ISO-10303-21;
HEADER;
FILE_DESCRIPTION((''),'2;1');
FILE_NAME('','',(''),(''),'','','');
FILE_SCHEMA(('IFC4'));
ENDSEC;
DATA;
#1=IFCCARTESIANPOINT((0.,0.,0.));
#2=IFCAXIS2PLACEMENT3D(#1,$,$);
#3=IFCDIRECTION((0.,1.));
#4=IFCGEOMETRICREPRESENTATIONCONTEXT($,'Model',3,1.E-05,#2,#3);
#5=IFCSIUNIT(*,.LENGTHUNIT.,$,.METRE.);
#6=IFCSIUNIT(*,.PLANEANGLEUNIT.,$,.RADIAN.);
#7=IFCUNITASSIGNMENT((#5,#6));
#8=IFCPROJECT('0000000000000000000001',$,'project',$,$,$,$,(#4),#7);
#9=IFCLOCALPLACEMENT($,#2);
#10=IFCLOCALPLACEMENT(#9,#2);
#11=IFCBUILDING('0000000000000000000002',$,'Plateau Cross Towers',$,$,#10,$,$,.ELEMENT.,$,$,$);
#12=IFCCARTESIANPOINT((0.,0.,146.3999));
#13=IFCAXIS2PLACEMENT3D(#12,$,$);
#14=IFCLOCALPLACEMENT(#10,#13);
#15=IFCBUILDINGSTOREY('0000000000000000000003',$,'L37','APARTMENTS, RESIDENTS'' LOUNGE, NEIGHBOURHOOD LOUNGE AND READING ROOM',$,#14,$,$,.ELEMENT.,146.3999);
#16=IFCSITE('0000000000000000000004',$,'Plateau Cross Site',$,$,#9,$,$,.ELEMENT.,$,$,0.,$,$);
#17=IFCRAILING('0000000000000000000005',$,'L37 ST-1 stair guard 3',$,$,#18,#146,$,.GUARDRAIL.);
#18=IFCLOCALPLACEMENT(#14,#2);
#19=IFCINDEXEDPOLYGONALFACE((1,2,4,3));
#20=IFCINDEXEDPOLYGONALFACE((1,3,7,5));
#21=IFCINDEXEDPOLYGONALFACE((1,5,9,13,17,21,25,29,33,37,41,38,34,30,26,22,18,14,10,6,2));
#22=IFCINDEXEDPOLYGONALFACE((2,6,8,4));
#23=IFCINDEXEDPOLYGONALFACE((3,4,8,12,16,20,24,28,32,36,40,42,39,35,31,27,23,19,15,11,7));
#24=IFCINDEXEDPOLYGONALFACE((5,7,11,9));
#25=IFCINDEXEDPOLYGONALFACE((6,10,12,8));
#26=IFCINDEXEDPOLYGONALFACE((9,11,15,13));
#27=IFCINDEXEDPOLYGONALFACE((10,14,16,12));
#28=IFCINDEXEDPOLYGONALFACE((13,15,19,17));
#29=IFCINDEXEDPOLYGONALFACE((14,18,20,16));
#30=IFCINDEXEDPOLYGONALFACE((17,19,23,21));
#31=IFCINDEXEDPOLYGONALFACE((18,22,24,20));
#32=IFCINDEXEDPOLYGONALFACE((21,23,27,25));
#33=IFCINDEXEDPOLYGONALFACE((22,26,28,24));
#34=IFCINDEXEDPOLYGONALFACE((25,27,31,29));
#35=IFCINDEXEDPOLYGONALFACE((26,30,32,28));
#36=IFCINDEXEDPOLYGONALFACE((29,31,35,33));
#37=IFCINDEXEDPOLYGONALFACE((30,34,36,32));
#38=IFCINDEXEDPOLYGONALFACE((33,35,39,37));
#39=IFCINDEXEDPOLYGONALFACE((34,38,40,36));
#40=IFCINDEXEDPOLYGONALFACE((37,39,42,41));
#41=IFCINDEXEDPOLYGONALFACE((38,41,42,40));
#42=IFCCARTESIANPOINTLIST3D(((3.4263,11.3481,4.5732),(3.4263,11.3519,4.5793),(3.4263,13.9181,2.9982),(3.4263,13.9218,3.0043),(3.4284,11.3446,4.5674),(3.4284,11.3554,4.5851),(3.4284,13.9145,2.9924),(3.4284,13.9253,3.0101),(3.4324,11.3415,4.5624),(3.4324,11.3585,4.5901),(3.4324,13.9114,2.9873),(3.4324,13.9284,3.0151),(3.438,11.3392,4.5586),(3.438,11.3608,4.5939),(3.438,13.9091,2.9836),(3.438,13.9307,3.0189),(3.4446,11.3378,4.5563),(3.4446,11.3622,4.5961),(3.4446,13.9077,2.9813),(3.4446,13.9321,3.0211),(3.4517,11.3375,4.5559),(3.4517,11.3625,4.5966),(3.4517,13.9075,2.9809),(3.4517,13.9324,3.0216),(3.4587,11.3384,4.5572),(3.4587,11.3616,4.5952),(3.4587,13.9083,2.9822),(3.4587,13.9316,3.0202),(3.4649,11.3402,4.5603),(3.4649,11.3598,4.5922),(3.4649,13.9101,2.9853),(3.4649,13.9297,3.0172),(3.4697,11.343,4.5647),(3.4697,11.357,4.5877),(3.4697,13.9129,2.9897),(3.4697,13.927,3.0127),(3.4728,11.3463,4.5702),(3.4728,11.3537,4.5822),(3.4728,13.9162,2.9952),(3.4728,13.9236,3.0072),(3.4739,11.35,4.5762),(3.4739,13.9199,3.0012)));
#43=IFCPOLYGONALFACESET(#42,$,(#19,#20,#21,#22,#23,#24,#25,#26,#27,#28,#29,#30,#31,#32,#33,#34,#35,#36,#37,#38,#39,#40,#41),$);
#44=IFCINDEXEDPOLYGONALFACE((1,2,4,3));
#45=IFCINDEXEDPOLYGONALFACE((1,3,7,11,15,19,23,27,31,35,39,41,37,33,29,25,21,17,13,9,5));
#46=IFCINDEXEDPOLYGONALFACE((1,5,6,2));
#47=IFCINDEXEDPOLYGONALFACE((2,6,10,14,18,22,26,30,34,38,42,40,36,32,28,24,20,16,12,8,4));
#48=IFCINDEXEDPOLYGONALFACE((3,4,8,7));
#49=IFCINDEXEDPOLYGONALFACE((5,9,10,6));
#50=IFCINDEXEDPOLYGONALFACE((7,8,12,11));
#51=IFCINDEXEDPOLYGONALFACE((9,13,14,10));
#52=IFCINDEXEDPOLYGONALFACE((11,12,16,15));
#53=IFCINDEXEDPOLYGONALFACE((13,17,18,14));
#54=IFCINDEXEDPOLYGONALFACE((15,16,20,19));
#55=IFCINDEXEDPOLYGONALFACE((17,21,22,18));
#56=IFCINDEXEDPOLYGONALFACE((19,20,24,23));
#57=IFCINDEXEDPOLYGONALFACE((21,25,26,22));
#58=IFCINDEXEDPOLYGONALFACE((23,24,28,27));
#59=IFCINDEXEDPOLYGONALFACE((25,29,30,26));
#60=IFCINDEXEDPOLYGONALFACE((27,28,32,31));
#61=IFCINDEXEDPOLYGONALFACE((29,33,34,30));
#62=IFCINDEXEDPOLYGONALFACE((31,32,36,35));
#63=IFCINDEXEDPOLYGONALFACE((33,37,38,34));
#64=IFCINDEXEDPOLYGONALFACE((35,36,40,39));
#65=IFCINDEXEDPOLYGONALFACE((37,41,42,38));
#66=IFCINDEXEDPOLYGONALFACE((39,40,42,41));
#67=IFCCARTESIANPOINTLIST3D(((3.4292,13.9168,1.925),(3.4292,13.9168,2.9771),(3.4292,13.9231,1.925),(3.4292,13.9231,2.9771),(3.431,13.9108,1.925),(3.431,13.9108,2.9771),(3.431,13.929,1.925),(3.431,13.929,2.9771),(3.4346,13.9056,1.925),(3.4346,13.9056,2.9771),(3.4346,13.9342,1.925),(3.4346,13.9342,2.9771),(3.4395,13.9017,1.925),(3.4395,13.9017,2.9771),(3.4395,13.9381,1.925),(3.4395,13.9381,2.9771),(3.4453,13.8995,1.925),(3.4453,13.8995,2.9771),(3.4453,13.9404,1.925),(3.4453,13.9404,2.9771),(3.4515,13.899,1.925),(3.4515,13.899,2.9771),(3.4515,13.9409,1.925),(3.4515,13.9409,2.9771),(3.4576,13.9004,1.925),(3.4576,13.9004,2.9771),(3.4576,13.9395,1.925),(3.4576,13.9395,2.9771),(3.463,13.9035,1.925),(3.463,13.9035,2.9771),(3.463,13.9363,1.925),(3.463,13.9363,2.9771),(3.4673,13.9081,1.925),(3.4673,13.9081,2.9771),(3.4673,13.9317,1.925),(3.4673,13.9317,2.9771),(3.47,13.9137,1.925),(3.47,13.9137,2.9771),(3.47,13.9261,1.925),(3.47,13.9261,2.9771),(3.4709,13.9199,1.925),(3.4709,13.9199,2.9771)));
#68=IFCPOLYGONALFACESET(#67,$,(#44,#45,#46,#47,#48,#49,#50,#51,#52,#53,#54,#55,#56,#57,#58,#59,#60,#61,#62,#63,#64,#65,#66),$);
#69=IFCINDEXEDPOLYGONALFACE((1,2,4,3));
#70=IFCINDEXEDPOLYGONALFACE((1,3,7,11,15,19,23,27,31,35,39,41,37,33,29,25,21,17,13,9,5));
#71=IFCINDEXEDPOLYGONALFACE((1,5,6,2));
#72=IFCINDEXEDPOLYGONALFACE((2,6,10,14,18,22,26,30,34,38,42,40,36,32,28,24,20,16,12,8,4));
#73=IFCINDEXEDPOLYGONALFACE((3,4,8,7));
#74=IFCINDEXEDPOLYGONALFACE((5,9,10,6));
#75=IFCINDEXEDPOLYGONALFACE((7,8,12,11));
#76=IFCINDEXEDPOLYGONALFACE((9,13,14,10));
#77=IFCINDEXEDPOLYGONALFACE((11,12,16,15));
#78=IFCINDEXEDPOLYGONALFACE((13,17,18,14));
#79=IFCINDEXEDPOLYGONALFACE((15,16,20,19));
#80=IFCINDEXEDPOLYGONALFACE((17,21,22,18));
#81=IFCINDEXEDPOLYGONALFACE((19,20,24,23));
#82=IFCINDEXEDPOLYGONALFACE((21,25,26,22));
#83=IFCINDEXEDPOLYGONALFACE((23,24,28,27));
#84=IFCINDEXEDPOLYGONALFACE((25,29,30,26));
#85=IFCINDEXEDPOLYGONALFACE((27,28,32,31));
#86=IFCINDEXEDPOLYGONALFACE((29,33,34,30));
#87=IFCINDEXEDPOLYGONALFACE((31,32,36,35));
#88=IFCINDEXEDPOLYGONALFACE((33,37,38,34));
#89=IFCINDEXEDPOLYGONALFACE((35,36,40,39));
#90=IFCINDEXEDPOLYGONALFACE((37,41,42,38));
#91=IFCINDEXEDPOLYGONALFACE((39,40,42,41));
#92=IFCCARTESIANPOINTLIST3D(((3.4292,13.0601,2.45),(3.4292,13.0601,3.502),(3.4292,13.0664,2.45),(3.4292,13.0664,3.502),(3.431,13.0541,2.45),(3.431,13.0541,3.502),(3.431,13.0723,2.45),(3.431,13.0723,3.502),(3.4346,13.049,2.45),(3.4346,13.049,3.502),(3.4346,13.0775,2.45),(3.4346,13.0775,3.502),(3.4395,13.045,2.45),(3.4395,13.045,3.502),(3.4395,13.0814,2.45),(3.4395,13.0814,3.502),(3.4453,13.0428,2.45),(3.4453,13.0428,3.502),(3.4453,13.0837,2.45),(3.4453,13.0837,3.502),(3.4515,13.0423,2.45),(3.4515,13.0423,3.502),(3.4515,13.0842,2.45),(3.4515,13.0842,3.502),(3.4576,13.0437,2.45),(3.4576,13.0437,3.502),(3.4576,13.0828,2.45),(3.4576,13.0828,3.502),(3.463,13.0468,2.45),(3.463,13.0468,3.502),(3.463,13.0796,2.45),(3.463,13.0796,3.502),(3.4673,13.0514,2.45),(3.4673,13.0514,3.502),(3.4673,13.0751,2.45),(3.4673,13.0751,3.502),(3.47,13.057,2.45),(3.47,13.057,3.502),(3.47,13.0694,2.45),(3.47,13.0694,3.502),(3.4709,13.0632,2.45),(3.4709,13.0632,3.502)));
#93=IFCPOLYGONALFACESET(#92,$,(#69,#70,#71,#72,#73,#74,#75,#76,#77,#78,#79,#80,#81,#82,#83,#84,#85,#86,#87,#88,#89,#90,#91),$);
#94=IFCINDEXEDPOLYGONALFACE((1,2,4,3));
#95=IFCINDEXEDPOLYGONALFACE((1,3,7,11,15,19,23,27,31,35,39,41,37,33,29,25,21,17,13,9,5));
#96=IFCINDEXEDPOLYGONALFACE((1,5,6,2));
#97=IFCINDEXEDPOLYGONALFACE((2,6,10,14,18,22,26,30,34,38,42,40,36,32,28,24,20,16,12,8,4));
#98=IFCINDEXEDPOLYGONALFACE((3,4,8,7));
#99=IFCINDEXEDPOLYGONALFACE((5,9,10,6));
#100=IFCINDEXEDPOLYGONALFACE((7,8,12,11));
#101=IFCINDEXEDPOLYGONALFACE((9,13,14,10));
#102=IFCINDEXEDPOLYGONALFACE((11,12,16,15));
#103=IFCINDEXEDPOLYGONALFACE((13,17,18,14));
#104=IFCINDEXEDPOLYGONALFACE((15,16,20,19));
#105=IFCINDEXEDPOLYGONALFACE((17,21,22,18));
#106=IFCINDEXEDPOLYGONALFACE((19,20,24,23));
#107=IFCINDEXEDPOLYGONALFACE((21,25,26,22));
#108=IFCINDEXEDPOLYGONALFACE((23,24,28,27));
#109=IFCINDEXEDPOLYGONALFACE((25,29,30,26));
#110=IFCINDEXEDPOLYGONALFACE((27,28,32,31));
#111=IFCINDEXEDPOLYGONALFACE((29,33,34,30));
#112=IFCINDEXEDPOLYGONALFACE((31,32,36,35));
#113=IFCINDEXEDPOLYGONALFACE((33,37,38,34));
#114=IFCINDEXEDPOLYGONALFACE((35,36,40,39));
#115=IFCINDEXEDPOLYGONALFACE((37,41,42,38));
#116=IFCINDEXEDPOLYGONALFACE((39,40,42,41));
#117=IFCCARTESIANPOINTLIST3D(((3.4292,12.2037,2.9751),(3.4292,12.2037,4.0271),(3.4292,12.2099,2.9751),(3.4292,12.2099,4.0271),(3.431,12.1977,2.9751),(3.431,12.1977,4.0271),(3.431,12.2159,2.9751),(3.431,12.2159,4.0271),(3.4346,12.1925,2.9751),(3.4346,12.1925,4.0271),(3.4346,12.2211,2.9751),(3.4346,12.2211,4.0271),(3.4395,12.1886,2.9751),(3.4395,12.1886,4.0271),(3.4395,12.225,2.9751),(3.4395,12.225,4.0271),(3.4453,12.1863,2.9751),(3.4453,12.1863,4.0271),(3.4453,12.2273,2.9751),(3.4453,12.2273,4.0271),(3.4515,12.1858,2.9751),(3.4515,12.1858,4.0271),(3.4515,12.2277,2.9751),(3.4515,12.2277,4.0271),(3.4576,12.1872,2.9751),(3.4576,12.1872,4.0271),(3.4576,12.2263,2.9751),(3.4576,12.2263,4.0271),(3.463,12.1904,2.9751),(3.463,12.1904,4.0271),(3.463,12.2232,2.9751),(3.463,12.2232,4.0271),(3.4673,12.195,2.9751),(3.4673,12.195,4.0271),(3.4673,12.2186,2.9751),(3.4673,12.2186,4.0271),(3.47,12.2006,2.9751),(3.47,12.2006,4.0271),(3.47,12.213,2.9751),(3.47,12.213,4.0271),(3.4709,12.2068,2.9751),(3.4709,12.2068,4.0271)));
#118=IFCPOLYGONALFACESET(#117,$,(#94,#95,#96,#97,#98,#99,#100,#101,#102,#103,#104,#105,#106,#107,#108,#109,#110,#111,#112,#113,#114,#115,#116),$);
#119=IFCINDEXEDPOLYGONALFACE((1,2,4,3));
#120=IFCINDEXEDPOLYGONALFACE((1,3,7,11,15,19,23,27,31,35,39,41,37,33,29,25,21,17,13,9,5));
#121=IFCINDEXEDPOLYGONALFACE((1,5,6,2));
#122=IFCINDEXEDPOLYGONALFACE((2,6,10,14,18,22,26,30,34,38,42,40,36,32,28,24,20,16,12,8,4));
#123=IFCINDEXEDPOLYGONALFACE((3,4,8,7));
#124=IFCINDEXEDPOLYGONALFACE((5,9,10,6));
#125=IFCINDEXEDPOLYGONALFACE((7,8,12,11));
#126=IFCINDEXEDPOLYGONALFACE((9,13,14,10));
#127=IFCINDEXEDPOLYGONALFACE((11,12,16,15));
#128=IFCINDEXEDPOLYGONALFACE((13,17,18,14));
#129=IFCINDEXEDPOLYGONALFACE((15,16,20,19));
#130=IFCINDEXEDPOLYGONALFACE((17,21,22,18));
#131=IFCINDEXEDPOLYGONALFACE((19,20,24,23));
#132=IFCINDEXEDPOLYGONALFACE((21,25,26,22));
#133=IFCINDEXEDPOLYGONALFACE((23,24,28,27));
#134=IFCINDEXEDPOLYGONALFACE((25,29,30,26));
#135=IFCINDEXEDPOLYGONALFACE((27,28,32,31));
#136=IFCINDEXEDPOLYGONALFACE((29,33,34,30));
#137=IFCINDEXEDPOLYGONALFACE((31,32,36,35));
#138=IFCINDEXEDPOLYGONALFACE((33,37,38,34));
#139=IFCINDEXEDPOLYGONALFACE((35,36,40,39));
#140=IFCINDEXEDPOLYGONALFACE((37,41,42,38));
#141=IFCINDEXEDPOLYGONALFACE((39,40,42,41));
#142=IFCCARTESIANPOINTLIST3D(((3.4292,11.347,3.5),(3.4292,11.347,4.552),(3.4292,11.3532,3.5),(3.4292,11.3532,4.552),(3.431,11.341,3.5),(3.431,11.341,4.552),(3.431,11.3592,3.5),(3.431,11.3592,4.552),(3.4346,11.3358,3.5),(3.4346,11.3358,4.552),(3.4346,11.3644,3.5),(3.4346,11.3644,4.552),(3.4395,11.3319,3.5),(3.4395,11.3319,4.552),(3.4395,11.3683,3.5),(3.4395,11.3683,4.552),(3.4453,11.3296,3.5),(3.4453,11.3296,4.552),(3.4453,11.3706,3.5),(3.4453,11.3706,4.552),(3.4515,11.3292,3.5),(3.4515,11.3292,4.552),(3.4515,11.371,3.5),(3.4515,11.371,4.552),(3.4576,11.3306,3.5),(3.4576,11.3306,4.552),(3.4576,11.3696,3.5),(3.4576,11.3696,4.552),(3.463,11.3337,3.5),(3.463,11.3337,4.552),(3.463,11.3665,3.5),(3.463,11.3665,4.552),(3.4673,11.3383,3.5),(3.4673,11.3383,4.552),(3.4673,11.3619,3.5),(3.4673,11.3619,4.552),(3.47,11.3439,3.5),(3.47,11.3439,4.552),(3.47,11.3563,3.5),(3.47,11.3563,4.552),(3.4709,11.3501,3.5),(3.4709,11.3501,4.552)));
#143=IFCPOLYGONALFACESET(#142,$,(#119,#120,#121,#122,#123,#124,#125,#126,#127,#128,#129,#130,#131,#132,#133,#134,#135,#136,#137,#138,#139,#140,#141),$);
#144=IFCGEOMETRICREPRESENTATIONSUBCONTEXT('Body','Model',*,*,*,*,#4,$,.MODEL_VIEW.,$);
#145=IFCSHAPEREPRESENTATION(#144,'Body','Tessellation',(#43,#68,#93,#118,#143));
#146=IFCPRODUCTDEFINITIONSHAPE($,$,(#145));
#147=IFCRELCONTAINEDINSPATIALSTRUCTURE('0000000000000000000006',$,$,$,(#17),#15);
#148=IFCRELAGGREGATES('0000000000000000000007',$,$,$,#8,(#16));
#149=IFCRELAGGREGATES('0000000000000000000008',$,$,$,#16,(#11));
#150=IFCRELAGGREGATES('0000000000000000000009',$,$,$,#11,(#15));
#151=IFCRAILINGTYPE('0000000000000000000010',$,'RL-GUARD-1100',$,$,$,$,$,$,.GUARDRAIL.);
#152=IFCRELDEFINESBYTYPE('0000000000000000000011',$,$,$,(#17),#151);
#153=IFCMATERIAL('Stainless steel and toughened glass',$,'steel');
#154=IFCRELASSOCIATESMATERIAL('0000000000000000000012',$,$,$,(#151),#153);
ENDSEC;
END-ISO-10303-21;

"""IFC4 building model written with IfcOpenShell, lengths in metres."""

from ifc_helpers import new_model, si_unit, direction, frame, origin, origin_2d, place, context, subcontext, project, spatial, circle, extrude, material, type_object, element, save


model = new_model("IFC4")

# Units and contexts
model_context = context("Model", 3, precision=1e-05, world=origin(), true_north=direction((0.0, 1.0)))
body_context = subcontext(model_context, "Body", "Model", "MODEL_VIEW")
ifc_project = project(units=[si_unit("LENGTHUNIT", "METRE"), si_unit("PLANEANGLEUNIT", "RADIAN")], contexts=[model_context])

# Site, building, storey
site_placement = place(None, origin())
site = spatial("IfcSite", under=ifc_project, at=site_placement, Name="Plateau Cross Site", CompositionType="ELEMENT", RefElevation=0.0)
building_placement = place(site_placement, origin())
building = spatial("IfcBuilding", under=site, at=building_placement, Name="Plateau Cross Towers", CompositionType="ELEMENT")
storey_placement = place(building_placement, frame((0.0, 0.0, 146.3999)))
storey = spatial("IfcBuildingStorey", under=building, at=storey_placement, Name="L37", Description="APARTMENTS, RESIDENTS' LOUNGE, NEIGHBOURHOOD LOUNGE AND READING ROOM", CompositionType="ELEMENT", Elevation=146.3999)

# Railing
ifc_material_1 = material(Name="Stainless steel and toughened glass", Category="steel")
railing_type = type_object("IfcRailingType", Name="RL-GUARD-1100", PredefinedType="GUARDRAIL", material=ifc_material_1)
railing_1_placement = place(storey_placement, frame((3.45, 13.9199, 1.925)))
element("IfcRailing", 1, at=railing_1_placement, inside=storey, type_object=railing_type, Name="L37 ST-1 stair guard 3", PredefinedType="GUARDRAIL", context=body_context, shape_type="SweptSolid", body=[
    extrude(circle(Radius=0.0239, at=origin_2d()), frame((0.0, 0.0, 1.0762), z_axis=(0.0, -0.852616, 0.522537), x_axis=(1.0, 0.0, 0.0)), (0.0, 0.0, 1.0), 3.0142),
    extrude(circle(Radius=0.021, at=origin_2d()), origin(), (0.0, 0.0, 1.0), 1.052),
    extrude(circle(Radius=0.021, at=origin_2d()), frame((0.0, -0.8567, 0.5249)), (0.0, 0.0, 1.0), 1.052),
    extrude(circle(Radius=0.021, at=origin_2d()), frame((0.0, -1.7131, 1.05)), (0.0, 0.0, 1.0), 1.052),
    extrude(circle(Radius=0.021, at=origin_2d()), frame((0.0, -2.5698, 1.575)), (0.0, 0.0, 1.0), 1.052),
])

save(model, "model.ifc")
